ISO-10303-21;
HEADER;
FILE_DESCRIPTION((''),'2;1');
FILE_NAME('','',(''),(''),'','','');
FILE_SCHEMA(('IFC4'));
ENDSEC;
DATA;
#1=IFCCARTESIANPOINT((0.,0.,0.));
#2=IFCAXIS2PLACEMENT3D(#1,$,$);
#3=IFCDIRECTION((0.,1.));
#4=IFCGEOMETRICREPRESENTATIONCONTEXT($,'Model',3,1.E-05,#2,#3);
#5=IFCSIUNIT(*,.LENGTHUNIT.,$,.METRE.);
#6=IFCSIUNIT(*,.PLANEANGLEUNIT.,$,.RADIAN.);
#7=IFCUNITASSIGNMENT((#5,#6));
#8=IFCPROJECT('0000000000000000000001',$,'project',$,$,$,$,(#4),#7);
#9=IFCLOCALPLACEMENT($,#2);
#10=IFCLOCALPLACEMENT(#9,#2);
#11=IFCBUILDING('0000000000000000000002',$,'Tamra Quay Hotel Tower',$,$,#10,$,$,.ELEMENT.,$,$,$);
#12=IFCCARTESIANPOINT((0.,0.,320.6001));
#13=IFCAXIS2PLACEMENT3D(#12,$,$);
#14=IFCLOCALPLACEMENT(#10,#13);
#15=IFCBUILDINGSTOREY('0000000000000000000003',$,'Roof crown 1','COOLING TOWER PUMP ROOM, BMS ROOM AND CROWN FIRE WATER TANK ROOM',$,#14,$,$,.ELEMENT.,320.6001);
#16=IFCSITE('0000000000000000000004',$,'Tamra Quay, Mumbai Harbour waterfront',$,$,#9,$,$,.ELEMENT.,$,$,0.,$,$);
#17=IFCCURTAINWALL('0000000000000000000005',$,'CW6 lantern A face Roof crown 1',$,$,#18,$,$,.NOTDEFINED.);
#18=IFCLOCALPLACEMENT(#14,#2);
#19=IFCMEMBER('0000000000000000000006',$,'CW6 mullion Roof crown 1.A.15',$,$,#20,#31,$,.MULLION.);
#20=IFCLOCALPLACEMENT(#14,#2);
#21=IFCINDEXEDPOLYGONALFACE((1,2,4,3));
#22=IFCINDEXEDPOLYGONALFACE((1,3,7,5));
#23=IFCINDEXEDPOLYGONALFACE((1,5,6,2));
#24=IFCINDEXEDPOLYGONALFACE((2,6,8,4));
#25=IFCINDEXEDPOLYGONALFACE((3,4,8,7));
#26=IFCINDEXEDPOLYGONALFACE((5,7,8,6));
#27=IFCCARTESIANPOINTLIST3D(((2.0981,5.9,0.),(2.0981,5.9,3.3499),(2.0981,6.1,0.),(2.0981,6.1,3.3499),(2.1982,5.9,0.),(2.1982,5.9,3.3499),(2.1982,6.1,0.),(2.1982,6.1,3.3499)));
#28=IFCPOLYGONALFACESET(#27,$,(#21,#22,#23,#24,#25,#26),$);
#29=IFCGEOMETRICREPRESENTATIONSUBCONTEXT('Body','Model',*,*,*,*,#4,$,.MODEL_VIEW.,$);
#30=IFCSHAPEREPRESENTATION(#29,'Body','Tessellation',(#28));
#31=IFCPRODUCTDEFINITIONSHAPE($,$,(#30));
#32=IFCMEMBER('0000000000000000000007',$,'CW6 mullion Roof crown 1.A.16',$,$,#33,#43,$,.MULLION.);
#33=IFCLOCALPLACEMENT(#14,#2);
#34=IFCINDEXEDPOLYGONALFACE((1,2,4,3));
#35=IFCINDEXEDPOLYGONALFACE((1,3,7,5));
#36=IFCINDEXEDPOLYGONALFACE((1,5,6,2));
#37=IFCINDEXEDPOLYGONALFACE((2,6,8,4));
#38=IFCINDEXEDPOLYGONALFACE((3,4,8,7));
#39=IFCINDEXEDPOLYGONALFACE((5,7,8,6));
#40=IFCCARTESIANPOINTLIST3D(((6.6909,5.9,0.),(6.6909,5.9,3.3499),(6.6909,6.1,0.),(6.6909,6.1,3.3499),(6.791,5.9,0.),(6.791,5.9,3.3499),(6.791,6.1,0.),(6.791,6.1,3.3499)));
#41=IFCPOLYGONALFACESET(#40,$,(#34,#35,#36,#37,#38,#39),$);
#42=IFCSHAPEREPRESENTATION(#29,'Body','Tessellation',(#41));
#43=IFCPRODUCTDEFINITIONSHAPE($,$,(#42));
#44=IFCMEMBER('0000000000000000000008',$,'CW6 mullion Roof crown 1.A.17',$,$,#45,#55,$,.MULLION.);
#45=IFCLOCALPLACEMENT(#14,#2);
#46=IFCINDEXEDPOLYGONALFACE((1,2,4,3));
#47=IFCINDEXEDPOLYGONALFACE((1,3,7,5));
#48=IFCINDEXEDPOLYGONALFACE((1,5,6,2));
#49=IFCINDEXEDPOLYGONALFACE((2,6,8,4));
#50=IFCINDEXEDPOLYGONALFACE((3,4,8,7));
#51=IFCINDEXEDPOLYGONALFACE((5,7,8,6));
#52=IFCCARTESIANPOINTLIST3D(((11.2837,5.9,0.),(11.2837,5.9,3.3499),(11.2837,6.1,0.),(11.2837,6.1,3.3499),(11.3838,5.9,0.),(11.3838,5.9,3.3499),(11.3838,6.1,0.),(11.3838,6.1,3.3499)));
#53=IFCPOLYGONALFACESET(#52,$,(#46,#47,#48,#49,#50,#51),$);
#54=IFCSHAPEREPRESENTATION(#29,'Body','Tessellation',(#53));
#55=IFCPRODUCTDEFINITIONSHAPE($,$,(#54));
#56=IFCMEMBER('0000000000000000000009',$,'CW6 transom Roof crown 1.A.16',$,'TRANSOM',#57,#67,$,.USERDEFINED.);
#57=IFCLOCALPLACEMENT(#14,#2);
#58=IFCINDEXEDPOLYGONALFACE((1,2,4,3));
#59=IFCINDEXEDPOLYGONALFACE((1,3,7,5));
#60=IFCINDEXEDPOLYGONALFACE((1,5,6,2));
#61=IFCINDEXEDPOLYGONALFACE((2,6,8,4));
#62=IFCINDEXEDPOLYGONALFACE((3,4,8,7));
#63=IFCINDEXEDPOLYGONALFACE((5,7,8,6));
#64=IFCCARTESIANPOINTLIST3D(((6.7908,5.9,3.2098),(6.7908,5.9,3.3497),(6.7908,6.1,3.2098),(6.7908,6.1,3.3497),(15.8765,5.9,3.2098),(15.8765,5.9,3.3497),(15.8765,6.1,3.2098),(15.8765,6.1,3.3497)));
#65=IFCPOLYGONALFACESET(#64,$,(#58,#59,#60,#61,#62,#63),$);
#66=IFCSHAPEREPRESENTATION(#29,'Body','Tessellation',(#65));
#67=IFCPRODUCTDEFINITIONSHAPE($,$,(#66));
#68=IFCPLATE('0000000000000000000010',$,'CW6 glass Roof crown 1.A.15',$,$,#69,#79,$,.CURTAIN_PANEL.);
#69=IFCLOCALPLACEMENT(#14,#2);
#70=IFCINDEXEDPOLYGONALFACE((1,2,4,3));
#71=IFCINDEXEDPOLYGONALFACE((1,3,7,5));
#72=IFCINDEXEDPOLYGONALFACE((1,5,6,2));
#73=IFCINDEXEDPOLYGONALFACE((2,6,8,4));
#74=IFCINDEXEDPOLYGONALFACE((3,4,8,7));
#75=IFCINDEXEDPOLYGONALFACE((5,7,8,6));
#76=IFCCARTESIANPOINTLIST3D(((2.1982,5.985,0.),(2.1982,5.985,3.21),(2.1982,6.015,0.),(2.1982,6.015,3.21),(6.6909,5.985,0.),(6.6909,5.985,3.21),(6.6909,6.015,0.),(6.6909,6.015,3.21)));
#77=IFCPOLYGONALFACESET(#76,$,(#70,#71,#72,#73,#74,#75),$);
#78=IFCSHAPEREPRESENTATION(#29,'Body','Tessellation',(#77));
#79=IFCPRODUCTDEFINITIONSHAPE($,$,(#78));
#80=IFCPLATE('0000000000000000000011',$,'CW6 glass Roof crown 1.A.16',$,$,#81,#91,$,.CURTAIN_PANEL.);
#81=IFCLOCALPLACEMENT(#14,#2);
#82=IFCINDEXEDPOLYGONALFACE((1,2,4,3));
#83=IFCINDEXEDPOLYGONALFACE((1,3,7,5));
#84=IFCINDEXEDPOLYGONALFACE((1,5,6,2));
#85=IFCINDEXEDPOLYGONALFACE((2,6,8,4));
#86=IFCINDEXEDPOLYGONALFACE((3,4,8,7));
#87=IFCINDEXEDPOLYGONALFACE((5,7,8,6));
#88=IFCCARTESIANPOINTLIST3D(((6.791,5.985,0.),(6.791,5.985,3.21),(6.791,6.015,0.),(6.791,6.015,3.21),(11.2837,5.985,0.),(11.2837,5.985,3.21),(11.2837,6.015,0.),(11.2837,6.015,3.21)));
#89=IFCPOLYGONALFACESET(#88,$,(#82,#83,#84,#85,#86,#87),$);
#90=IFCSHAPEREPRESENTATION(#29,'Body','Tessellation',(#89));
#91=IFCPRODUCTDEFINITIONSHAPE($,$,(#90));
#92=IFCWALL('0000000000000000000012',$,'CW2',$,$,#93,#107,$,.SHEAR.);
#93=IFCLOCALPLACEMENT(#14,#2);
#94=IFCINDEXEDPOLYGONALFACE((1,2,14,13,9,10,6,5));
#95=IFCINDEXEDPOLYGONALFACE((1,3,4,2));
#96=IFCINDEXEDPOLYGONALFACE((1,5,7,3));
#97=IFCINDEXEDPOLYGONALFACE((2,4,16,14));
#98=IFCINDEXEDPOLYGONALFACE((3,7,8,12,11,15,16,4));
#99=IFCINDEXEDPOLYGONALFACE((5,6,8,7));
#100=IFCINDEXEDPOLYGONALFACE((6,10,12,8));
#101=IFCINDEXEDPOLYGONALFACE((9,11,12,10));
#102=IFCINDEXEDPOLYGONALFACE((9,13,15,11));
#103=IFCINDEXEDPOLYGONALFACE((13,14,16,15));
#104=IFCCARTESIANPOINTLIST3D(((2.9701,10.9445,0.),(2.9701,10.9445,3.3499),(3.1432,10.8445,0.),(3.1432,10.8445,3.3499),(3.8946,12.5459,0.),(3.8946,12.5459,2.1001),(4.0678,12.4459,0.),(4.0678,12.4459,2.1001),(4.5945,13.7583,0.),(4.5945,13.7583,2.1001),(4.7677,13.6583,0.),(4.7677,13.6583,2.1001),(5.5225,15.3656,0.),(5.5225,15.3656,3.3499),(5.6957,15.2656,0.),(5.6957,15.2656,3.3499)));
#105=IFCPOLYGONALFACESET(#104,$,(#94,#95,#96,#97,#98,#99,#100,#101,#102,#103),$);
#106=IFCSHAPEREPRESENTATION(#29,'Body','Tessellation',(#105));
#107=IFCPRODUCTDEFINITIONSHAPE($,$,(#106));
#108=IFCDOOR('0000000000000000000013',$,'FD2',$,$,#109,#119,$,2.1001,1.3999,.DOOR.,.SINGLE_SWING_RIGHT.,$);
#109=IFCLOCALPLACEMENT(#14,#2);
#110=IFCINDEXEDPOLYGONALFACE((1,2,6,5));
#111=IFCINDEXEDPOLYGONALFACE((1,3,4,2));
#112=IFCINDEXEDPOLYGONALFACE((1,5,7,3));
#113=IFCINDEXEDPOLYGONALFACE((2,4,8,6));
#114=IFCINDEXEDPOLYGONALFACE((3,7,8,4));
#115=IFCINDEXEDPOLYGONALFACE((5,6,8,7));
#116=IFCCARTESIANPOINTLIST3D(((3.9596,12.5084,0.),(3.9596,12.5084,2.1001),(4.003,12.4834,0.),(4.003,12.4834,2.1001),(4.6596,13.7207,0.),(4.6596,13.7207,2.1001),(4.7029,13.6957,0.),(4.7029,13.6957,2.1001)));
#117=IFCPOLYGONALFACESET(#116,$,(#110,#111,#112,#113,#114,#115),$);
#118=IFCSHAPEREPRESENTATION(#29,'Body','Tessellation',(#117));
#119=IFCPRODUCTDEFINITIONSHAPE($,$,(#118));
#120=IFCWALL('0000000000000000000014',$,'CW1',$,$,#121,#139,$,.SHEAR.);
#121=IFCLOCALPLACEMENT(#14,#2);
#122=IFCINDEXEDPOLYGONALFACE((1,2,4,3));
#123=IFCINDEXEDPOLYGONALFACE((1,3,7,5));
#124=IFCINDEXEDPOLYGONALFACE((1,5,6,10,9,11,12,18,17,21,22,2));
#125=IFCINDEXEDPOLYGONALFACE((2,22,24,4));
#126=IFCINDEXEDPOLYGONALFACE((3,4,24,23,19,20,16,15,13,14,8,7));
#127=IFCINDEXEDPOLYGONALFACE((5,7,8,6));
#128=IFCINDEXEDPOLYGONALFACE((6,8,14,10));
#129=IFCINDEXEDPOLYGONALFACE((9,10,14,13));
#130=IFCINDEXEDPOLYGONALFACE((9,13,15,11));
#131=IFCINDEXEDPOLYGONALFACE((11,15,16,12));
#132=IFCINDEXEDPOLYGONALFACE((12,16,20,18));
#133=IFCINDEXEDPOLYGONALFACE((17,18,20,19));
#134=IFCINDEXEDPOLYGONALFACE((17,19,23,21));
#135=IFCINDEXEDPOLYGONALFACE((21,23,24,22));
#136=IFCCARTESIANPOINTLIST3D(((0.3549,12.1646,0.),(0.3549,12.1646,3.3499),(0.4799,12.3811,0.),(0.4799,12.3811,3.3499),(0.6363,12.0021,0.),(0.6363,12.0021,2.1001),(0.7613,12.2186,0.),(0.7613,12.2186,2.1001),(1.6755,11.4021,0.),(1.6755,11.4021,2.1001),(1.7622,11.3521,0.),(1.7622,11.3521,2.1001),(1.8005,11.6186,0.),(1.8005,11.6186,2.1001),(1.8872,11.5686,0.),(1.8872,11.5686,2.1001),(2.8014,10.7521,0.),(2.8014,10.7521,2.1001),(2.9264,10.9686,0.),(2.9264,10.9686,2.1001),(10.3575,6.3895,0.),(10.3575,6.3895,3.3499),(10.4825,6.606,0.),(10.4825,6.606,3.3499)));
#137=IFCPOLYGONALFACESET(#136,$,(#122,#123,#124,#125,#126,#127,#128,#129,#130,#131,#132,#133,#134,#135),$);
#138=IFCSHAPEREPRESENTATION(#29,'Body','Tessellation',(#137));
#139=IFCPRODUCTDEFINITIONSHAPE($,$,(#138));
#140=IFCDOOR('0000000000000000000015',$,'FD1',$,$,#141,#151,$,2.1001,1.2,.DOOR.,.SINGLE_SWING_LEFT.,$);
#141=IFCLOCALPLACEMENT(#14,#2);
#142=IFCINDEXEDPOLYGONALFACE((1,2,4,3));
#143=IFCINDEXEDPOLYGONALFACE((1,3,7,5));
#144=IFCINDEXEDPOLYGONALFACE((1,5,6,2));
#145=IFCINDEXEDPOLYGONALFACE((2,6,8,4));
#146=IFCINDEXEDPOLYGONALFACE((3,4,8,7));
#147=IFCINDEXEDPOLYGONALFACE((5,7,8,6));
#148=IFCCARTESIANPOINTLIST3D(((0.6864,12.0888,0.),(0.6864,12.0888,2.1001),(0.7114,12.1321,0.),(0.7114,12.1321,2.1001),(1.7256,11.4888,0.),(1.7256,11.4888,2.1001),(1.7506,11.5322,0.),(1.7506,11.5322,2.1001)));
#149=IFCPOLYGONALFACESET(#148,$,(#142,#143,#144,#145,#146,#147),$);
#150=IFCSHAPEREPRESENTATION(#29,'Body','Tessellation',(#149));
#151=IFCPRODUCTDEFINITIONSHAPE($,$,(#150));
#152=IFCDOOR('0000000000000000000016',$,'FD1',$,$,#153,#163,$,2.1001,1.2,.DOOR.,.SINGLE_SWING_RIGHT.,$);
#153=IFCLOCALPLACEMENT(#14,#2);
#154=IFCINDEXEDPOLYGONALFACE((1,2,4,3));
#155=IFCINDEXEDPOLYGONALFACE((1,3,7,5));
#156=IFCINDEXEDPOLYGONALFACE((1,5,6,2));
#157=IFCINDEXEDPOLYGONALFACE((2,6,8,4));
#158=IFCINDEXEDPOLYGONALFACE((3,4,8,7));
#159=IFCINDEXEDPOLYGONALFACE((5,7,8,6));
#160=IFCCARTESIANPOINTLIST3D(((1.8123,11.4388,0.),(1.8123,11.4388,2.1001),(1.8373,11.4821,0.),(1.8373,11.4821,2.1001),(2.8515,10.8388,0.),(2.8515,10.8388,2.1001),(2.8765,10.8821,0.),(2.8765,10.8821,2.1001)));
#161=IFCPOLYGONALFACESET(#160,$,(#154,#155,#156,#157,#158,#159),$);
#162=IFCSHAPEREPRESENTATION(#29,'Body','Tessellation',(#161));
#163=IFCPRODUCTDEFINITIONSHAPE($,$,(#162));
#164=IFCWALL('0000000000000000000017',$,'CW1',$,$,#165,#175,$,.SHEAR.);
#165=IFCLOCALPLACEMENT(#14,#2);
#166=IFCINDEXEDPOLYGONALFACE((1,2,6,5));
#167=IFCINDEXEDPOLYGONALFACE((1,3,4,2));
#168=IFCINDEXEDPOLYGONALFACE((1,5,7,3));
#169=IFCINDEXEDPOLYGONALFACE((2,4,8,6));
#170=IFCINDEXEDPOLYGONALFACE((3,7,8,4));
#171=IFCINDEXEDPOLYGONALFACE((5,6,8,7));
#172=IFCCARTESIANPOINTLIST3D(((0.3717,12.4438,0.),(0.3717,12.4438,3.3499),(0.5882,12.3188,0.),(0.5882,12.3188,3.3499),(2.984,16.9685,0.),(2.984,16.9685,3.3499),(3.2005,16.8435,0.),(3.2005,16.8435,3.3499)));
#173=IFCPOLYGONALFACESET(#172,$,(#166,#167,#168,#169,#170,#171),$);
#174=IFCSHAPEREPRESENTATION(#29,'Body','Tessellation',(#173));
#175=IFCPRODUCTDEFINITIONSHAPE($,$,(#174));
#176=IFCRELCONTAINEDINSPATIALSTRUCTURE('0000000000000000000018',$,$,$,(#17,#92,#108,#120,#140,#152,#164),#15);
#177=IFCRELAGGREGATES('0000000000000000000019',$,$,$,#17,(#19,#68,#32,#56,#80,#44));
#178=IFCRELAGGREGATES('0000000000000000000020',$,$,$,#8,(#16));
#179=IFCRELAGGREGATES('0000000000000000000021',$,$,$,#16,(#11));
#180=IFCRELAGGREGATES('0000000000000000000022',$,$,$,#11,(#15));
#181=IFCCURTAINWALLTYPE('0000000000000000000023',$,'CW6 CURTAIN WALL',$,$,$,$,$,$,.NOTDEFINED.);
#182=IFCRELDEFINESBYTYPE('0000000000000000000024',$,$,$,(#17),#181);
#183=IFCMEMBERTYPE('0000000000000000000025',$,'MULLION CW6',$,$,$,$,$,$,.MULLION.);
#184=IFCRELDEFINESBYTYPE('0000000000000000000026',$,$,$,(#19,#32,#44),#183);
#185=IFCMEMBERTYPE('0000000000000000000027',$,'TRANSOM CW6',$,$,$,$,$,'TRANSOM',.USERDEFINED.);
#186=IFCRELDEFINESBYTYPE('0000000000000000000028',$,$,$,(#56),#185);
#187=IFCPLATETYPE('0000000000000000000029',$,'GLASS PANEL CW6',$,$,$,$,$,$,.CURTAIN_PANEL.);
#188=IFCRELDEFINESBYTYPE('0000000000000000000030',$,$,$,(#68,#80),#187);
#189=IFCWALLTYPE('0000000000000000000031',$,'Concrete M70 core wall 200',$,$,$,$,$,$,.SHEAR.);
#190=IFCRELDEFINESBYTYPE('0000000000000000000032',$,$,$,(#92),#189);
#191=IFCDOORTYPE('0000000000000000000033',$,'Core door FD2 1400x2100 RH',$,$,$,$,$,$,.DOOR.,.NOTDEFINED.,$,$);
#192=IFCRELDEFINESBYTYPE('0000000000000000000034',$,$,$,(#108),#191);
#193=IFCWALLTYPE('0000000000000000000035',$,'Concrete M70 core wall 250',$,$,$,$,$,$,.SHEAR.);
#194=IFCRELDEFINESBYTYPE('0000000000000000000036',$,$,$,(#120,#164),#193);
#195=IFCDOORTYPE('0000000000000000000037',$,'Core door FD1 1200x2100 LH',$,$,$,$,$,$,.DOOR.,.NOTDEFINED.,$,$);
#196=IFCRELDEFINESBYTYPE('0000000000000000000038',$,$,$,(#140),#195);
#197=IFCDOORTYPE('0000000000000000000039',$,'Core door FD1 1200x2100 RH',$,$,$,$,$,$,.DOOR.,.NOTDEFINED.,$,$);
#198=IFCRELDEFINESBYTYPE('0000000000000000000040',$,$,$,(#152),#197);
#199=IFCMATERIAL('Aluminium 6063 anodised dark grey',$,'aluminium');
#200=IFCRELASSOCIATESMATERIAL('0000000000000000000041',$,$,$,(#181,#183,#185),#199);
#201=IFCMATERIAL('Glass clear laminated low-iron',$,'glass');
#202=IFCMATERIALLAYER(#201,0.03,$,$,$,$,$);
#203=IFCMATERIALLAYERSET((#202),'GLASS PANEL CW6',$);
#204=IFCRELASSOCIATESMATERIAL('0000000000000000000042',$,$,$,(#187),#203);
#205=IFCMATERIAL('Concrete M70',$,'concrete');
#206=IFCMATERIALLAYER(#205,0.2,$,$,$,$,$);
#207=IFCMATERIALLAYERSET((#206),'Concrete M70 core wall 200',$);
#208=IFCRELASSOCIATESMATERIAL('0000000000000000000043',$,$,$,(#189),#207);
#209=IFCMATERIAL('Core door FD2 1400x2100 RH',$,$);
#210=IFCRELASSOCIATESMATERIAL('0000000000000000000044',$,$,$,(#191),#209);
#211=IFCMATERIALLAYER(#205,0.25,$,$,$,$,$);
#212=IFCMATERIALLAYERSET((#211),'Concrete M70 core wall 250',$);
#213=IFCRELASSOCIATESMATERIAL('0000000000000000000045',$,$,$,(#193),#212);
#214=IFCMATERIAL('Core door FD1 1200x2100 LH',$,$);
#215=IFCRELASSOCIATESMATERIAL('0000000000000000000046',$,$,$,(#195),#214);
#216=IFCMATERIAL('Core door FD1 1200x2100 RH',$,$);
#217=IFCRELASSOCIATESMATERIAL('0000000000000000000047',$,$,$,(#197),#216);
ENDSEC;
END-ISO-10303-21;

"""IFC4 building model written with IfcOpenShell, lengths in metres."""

from ifc_helpers import new_model, si_unit, direction, frame, frame_2d, origin, origin_2d, place, context, subcontext, project, spatial, rectangle, extrude, material, layer, layer_set, material_profile, profile_set, type_object, element, fill, aggregate, save


model = new_model("IFC4")

# Units and contexts
model_context = context("Model", 3, precision=1e-05, world=origin(), true_north=direction((0.0, 1.0)))
body_context = subcontext(model_context, "Body", "Model", "MODEL_VIEW")
ifc_project = project(units=[si_unit("LENGTHUNIT", "METRE"), si_unit("PLANEANGLEUNIT", "RADIAN")], contexts=[model_context])

# Site, building, storey
site_placement = place(None, origin())
site = spatial("IfcSite", under=ifc_project, at=site_placement, Name="Tamra Quay, Mumbai Harbour waterfront", CompositionType="ELEMENT", RefElevation=0.0)
building_placement = place(site_placement, origin())
building = spatial("IfcBuilding", under=site, at=building_placement, Name="Tamra Quay Hotel Tower", CompositionType="ELEMENT")
storey_placement = place(building_placement, frame((0.0, 0.0, 320.6001)))
storey = spatial("IfcBuildingStorey", under=building, at=storey_placement, Name="Roof crown 1", Description="COOLING TOWER PUMP ROOM, BMS ROOM AND CROWN FIRE WATER TANK ROOM", CompositionType="ELEMENT", Elevation=320.6001)

# Curtain wall, members, plates
ifc_material_1 = material(Name="Aluminium 6063 anodised dark grey", Category="aluminium")
curtain_wall_type = type_object("IfcCurtainWallType", Name="CW6 CURTAIN WALL", PredefinedType="NOTDEFINED", material=ifc_material_1)
curtain_wall_placement = place(storey_placement, origin())
curtain_wall = element("IfcCurtainWall", 1, at=curtain_wall_placement, inside=storey, type_object=curtain_wall_type, Name="CW6 lantern A face Roof crown 1", PredefinedType="NOTDEFINED")
ifc_material_profile_1 = material_profile(ifc_material_1, rectangle(XDim=0.2, YDim=0.1001, at=origin_2d()), Name="MULLION 100X200")
ifc_profile_set_1 = profile_set([ifc_material_profile_1], Name="Aluminium 6063 anodised dark grey")
member_type_1 = type_object("IfcMemberType", Name="MULLION CW6", PredefinedType="MULLION", material=ifc_profile_set_1)
member_1_placement = place(storey_placement, frame((2.1482, 6.0, 0.0), z_axis=(0.0, 0.0, 1.0), x_axis=(0.0, -1.0, 0.0)))
member_1 = element("IfcMember", 2, at=member_1_placement, type_object=member_type_1, Name="CW6 mullion Roof crown 1.A.15", PredefinedType="MULLION", context=body_context, shape_type="SweptSolid", body=[
    extrude(rectangle(XDim=0.2, YDim=0.1001, at=origin_2d()), origin(), (0.0, 0.0, 1.0), 3.3499),
])
member_2_placement = place(storey_placement, frame((6.741, 6.0, 0.0), z_axis=(0.0, 0.0, 1.0), x_axis=(0.0, -1.0, 0.0)))
member_2 = element("IfcMember", 3, at=member_2_placement, type_object=member_type_1, Name="CW6 mullion Roof crown 1.A.16", PredefinedType="MULLION", context=body_context, shape_type="SweptSolid", body=[
    extrude(rectangle(XDim=0.2, YDim=0.1001, at=origin_2d()), origin(), (0.0, 0.0, 1.0), 3.3499),
])
member_3_placement = place(storey_placement, frame((11.3337, 6.0, 0.0), z_axis=(0.0, 0.0, 1.0), x_axis=(0.0, -1.0, 0.0)))
member_3 = element("IfcMember", 4, at=member_3_placement, type_object=member_type_1, Name="CW6 mullion Roof crown 1.A.17", PredefinedType="MULLION", context=body_context, shape_type="SweptSolid", body=[
    extrude(rectangle(XDim=0.2, YDim=0.1001, at=origin_2d()), origin(), (0.0, 0.0, 1.0), 3.3499),
])
ifc_material_profile_2 = material_profile(ifc_material_1, rectangle(XDim=0.2, YDim=0.1399, at=origin_2d()), Name="TRANSOM 200X140")
ifc_profile_set_2 = profile_set([ifc_material_profile_2], Name="Aluminium 6063 anodised dark grey")
member_type_2 = type_object("IfcMemberType", Name="TRANSOM CW6", ElementType="TRANSOM", PredefinedType="USERDEFINED", material=ifc_profile_set_2)
member_4_placement = place(storey_placement, frame((6.7908, 6.0, 3.2798), z_axis=(1.0, 0.0, 0.0), x_axis=(0.0, 1.0, 0.0)))
member_4 = element("IfcMember", 5, at=member_4_placement, type_object=member_type_2, Name="CW6 transom Roof crown 1.A.16", ObjectType="TRANSOM", PredefinedType="USERDEFINED", context=body_context, shape_type="SweptSolid", body=[
    extrude(rectangle(XDim=0.2, YDim=0.1399, at=origin_2d()), origin(), (0.0, 0.0, 1.0), 9.0857),
])
ifc_material_2 = material(Name="Glass clear laminated low-iron", Category="glass")
ifc_layer_1 = layer(ifc_material_2, 0.03)
ifc_layer_set_1 = layer_set([ifc_layer_1], Name="GLASS PANEL CW6")
plate_type = type_object("IfcPlateType", Name="GLASS PANEL CW6", PredefinedType="CURTAIN_PANEL", material=ifc_layer_set_1)
plate_1_placement = place(storey_placement, frame((4.4446, 6.0, 0.0), z_axis=(0.0, 0.0, 1.0), x_axis=(1.0, 0.0, 0.0)))
plate_1 = element("IfcPlate", 6, at=plate_1_placement, type_object=plate_type, Name="CW6 glass Roof crown 1.A.15", PredefinedType="CURTAIN_PANEL", context=body_context, shape_type="SweptSolid", body=[
    extrude(rectangle(XDim=4.4927, YDim=0.03, at=origin_2d()), origin(), (0.0, 0.0, 1.0), 3.21),
])
plate_2_placement = place(storey_placement, frame((9.0374, 6.0, 0.0), z_axis=(0.0, 0.0, 1.0), x_axis=(1.0, 0.0, 0.0)))
plate_2 = element("IfcPlate", 7, at=plate_2_placement, type_object=plate_type, Name="CW6 glass Roof crown 1.A.16", PredefinedType="CURTAIN_PANEL", context=body_context, shape_type="SweptSolid", body=[
    extrude(rectangle(XDim=4.4927, YDim=0.03, at=origin_2d()), origin(), (0.0, 0.0, 1.0), 3.21),
])
aggregate(curtain_wall, [member_1, plate_1, member_2, member_4, plate_2, member_3])

# Wall, opening, door
ifc_material_3 = material(Name="Concrete M70", Category="concrete")
ifc_layer_2 = layer(ifc_material_3, 0.2)
ifc_layer_set_2 = layer_set([ifc_layer_2], Name="Concrete M70 core wall 200")
wall_type_1 = type_object("IfcWallType", Name="Concrete M70 core wall 200", PredefinedType="SHEAR", material=ifc_layer_set_2)
wall_1_placement = place(storey_placement, frame((3.0566, 10.8945, 0.0), z_axis=(0.0, 0.0, 1.0), x_axis=(0.499992, 0.86603, 0.0)))
wall_1 = element("IfcWall", 8, at=wall_1_placement, inside=storey, type_object=wall_type_1, Name="CW2", PredefinedType="SHEAR", context=body_context, shape_type="SweptSolid", body=[
    extrude(rectangle(XDim=5.105, YDim=0.2, at=frame_2d((2.5525, 0.0))), origin(), (0.0, 0.0, 1.0), 3.3499),
])
opening_1_placement = place(wall_1_placement, frame((1.8491, 0.0, 0.0)))
opening_1 = element("IfcOpeningElement", 9, at=opening_1_placement, cuts=wall_1, PredefinedType="OPENING", context=body_context, shape_type="SweptSolid", body=[
    extrude(rectangle(XDim=1.3999, YDim=2.1001, at=frame_2d((0.7, 1.05))), frame((0.0, 0.1099, 0.0), z_axis=(0.0, -1.0, 0.0), x_axis=(1.0, 0.0, 0.0)), (0.0, 0.0, 1.0), 0.22),
])
ifc_material_4 = material(Name="Core door FD2 1400x2100 RH")
door_type_1 = type_object("IfcDoorType", Name="Core door FD2 1400x2100 RH", OperationType="NOTDEFINED", PredefinedType="DOOR", material=ifc_material_4)
door_1_placement = place(opening_1_placement, origin())
door_1 = element("IfcDoor", 10, at=door_1_placement, inside=storey, type_object=door_type_1, Name="FD2", OperationType="SINGLE_SWING_RIGHT", OverallHeight=2.1001, OverallWidth=1.3999, PredefinedType="DOOR", context=body_context, shape_type="SweptSolid", body=[
    extrude(rectangle(XDim=1.3999, YDim=2.1001, at=frame_2d((0.7, 1.05))), frame((0.0, 0.0249, 0.0), z_axis=(0.0, -1.0, 0.0), x_axis=(1.0, 0.0, 0.0)), (0.0, 0.0, 1.0), 0.05),
])
fill(opening_1, door_1)

# Wall, openings, doors
ifc_layer_3 = layer(ifc_material_3, 0.25)
ifc_layer_set_3 = layer_set([ifc_layer_3], Name="Concrete M70 core wall 250")
wall_type_2 = type_object("IfcWallType", Name="Concrete M70 core wall 250", PredefinedType="SHEAR", material=ifc_layer_set_3)
wall_2_placement = place(storey_placement, frame((10.4199, 6.4978, 0.0), z_axis=(0.0, 0.0, 1.0), x_axis=(-0.866022, 0.500006, 0.0)))
wall_2 = element("IfcWall", 11, at=wall_2_placement, inside=storey, type_object=wall_type_2, Name="CW1", PredefinedType="SHEAR", context=body_context, shape_type="SweptSolid", body=[
    extrude(rectangle(XDim=11.55, YDim=0.25, at=frame_2d((5.7749, 0.0))), origin(), (0.0, 0.0, 1.0), 3.3499),
])
opening_2_placement = place(wall_2_placement, frame((10.0249, 0.0, 0.0)))
opening_2 = element("IfcOpeningElement", 12, at=opening_2_placement, cuts=wall_2, PredefinedType="OPENING", context=body_context, shape_type="SweptSolid", body=[
    extrude(rectangle(XDim=1.2, YDim=2.1001, at=frame_2d((0.6001, 1.05))), frame((0.0, 0.135, 0.0), z_axis=(0.0, -1.0, 0.0), x_axis=(1.0, 0.0, 0.0)), (0.0, 0.0, 1.0), 0.27),
])
opening_3_placement = place(wall_2_placement, frame((8.7249, 0.0, 0.0)))
opening_3 = element("IfcOpeningElement", 13, at=opening_3_placement, cuts=wall_2, PredefinedType="OPENING", context=body_context, shape_type="SweptSolid", body=[
    extrude(rectangle(XDim=1.2, YDim=2.1001, at=frame_2d((0.6001, 1.05))), frame((0.0, 0.135, 0.0), z_axis=(0.0, -1.0, 0.0), x_axis=(1.0, 0.0, 0.0)), (0.0, 0.0, 1.0), 0.27),
])
ifc_material_5 = material(Name="Core door FD1 1200x2100 LH")
door_type_2 = type_object("IfcDoorType", Name="Core door FD1 1200x2100 LH", OperationType="NOTDEFINED", PredefinedType="DOOR", material=ifc_material_5)
door_2_placement = place(opening_2_placement, origin())
door_2 = element("IfcDoor", 14, at=door_2_placement, inside=storey, type_object=door_type_2, Name="FD1", OperationType="SINGLE_SWING_LEFT", OverallHeight=2.1001, OverallWidth=1.2, PredefinedType="DOOR", context=body_context, shape_type="SweptSolid", body=[
    extrude(rectangle(XDim=1.2, YDim=2.1001, at=frame_2d((0.6001, 1.05))), frame((0.0, 0.0249, 0.0), z_axis=(0.0, -1.0, 0.0), x_axis=(1.0, 0.0, 0.0)), (0.0, 0.0, 1.0), 0.05),
])
fill(opening_2, door_2)
ifc_material_6 = material(Name="Core door FD1 1200x2100 RH")
door_type_3 = type_object("IfcDoorType", Name="Core door FD1 1200x2100 RH", OperationType="NOTDEFINED", PredefinedType="DOOR", material=ifc_material_6)
door_3_placement = place(opening_3_placement, origin())
door_3 = element("IfcDoor", 15, at=door_3_placement, inside=storey, type_object=door_type_3, Name="FD1", OperationType="SINGLE_SWING_RIGHT", OverallHeight=2.1001, OverallWidth=1.2, PredefinedType="DOOR", context=body_context, shape_type="SweptSolid", body=[
    extrude(rectangle(XDim=1.2, YDim=2.1001, at=frame_2d((0.6001, 1.05))), frame((0.0, 0.0249, 0.0), z_axis=(0.0, -1.0, 0.0), x_axis=(1.0, 0.0, 0.0)), (0.0, 0.0, 1.0), 0.05),
])
fill(opening_3, door_3)

# Wall
wall_3_placement = place(storey_placement, frame((0.48, 12.3813, 0.0), z_axis=(0.0, 0.0, 1.0), x_axis=(0.499999, 0.866026, 0.0)))
element("IfcWall", 16, at=wall_3_placement, inside=storey, type_object=wall_type_2, Name="CW1", PredefinedType="SHEAR", context=body_context, shape_type="SweptSolid", body=[
    extrude(rectangle(XDim=5.2246, YDim=0.25, at=frame_2d((2.6123, 0.0))), origin(), (0.0, 0.0, 1.0), 3.3499),
])

save(model, "model.ifc")
